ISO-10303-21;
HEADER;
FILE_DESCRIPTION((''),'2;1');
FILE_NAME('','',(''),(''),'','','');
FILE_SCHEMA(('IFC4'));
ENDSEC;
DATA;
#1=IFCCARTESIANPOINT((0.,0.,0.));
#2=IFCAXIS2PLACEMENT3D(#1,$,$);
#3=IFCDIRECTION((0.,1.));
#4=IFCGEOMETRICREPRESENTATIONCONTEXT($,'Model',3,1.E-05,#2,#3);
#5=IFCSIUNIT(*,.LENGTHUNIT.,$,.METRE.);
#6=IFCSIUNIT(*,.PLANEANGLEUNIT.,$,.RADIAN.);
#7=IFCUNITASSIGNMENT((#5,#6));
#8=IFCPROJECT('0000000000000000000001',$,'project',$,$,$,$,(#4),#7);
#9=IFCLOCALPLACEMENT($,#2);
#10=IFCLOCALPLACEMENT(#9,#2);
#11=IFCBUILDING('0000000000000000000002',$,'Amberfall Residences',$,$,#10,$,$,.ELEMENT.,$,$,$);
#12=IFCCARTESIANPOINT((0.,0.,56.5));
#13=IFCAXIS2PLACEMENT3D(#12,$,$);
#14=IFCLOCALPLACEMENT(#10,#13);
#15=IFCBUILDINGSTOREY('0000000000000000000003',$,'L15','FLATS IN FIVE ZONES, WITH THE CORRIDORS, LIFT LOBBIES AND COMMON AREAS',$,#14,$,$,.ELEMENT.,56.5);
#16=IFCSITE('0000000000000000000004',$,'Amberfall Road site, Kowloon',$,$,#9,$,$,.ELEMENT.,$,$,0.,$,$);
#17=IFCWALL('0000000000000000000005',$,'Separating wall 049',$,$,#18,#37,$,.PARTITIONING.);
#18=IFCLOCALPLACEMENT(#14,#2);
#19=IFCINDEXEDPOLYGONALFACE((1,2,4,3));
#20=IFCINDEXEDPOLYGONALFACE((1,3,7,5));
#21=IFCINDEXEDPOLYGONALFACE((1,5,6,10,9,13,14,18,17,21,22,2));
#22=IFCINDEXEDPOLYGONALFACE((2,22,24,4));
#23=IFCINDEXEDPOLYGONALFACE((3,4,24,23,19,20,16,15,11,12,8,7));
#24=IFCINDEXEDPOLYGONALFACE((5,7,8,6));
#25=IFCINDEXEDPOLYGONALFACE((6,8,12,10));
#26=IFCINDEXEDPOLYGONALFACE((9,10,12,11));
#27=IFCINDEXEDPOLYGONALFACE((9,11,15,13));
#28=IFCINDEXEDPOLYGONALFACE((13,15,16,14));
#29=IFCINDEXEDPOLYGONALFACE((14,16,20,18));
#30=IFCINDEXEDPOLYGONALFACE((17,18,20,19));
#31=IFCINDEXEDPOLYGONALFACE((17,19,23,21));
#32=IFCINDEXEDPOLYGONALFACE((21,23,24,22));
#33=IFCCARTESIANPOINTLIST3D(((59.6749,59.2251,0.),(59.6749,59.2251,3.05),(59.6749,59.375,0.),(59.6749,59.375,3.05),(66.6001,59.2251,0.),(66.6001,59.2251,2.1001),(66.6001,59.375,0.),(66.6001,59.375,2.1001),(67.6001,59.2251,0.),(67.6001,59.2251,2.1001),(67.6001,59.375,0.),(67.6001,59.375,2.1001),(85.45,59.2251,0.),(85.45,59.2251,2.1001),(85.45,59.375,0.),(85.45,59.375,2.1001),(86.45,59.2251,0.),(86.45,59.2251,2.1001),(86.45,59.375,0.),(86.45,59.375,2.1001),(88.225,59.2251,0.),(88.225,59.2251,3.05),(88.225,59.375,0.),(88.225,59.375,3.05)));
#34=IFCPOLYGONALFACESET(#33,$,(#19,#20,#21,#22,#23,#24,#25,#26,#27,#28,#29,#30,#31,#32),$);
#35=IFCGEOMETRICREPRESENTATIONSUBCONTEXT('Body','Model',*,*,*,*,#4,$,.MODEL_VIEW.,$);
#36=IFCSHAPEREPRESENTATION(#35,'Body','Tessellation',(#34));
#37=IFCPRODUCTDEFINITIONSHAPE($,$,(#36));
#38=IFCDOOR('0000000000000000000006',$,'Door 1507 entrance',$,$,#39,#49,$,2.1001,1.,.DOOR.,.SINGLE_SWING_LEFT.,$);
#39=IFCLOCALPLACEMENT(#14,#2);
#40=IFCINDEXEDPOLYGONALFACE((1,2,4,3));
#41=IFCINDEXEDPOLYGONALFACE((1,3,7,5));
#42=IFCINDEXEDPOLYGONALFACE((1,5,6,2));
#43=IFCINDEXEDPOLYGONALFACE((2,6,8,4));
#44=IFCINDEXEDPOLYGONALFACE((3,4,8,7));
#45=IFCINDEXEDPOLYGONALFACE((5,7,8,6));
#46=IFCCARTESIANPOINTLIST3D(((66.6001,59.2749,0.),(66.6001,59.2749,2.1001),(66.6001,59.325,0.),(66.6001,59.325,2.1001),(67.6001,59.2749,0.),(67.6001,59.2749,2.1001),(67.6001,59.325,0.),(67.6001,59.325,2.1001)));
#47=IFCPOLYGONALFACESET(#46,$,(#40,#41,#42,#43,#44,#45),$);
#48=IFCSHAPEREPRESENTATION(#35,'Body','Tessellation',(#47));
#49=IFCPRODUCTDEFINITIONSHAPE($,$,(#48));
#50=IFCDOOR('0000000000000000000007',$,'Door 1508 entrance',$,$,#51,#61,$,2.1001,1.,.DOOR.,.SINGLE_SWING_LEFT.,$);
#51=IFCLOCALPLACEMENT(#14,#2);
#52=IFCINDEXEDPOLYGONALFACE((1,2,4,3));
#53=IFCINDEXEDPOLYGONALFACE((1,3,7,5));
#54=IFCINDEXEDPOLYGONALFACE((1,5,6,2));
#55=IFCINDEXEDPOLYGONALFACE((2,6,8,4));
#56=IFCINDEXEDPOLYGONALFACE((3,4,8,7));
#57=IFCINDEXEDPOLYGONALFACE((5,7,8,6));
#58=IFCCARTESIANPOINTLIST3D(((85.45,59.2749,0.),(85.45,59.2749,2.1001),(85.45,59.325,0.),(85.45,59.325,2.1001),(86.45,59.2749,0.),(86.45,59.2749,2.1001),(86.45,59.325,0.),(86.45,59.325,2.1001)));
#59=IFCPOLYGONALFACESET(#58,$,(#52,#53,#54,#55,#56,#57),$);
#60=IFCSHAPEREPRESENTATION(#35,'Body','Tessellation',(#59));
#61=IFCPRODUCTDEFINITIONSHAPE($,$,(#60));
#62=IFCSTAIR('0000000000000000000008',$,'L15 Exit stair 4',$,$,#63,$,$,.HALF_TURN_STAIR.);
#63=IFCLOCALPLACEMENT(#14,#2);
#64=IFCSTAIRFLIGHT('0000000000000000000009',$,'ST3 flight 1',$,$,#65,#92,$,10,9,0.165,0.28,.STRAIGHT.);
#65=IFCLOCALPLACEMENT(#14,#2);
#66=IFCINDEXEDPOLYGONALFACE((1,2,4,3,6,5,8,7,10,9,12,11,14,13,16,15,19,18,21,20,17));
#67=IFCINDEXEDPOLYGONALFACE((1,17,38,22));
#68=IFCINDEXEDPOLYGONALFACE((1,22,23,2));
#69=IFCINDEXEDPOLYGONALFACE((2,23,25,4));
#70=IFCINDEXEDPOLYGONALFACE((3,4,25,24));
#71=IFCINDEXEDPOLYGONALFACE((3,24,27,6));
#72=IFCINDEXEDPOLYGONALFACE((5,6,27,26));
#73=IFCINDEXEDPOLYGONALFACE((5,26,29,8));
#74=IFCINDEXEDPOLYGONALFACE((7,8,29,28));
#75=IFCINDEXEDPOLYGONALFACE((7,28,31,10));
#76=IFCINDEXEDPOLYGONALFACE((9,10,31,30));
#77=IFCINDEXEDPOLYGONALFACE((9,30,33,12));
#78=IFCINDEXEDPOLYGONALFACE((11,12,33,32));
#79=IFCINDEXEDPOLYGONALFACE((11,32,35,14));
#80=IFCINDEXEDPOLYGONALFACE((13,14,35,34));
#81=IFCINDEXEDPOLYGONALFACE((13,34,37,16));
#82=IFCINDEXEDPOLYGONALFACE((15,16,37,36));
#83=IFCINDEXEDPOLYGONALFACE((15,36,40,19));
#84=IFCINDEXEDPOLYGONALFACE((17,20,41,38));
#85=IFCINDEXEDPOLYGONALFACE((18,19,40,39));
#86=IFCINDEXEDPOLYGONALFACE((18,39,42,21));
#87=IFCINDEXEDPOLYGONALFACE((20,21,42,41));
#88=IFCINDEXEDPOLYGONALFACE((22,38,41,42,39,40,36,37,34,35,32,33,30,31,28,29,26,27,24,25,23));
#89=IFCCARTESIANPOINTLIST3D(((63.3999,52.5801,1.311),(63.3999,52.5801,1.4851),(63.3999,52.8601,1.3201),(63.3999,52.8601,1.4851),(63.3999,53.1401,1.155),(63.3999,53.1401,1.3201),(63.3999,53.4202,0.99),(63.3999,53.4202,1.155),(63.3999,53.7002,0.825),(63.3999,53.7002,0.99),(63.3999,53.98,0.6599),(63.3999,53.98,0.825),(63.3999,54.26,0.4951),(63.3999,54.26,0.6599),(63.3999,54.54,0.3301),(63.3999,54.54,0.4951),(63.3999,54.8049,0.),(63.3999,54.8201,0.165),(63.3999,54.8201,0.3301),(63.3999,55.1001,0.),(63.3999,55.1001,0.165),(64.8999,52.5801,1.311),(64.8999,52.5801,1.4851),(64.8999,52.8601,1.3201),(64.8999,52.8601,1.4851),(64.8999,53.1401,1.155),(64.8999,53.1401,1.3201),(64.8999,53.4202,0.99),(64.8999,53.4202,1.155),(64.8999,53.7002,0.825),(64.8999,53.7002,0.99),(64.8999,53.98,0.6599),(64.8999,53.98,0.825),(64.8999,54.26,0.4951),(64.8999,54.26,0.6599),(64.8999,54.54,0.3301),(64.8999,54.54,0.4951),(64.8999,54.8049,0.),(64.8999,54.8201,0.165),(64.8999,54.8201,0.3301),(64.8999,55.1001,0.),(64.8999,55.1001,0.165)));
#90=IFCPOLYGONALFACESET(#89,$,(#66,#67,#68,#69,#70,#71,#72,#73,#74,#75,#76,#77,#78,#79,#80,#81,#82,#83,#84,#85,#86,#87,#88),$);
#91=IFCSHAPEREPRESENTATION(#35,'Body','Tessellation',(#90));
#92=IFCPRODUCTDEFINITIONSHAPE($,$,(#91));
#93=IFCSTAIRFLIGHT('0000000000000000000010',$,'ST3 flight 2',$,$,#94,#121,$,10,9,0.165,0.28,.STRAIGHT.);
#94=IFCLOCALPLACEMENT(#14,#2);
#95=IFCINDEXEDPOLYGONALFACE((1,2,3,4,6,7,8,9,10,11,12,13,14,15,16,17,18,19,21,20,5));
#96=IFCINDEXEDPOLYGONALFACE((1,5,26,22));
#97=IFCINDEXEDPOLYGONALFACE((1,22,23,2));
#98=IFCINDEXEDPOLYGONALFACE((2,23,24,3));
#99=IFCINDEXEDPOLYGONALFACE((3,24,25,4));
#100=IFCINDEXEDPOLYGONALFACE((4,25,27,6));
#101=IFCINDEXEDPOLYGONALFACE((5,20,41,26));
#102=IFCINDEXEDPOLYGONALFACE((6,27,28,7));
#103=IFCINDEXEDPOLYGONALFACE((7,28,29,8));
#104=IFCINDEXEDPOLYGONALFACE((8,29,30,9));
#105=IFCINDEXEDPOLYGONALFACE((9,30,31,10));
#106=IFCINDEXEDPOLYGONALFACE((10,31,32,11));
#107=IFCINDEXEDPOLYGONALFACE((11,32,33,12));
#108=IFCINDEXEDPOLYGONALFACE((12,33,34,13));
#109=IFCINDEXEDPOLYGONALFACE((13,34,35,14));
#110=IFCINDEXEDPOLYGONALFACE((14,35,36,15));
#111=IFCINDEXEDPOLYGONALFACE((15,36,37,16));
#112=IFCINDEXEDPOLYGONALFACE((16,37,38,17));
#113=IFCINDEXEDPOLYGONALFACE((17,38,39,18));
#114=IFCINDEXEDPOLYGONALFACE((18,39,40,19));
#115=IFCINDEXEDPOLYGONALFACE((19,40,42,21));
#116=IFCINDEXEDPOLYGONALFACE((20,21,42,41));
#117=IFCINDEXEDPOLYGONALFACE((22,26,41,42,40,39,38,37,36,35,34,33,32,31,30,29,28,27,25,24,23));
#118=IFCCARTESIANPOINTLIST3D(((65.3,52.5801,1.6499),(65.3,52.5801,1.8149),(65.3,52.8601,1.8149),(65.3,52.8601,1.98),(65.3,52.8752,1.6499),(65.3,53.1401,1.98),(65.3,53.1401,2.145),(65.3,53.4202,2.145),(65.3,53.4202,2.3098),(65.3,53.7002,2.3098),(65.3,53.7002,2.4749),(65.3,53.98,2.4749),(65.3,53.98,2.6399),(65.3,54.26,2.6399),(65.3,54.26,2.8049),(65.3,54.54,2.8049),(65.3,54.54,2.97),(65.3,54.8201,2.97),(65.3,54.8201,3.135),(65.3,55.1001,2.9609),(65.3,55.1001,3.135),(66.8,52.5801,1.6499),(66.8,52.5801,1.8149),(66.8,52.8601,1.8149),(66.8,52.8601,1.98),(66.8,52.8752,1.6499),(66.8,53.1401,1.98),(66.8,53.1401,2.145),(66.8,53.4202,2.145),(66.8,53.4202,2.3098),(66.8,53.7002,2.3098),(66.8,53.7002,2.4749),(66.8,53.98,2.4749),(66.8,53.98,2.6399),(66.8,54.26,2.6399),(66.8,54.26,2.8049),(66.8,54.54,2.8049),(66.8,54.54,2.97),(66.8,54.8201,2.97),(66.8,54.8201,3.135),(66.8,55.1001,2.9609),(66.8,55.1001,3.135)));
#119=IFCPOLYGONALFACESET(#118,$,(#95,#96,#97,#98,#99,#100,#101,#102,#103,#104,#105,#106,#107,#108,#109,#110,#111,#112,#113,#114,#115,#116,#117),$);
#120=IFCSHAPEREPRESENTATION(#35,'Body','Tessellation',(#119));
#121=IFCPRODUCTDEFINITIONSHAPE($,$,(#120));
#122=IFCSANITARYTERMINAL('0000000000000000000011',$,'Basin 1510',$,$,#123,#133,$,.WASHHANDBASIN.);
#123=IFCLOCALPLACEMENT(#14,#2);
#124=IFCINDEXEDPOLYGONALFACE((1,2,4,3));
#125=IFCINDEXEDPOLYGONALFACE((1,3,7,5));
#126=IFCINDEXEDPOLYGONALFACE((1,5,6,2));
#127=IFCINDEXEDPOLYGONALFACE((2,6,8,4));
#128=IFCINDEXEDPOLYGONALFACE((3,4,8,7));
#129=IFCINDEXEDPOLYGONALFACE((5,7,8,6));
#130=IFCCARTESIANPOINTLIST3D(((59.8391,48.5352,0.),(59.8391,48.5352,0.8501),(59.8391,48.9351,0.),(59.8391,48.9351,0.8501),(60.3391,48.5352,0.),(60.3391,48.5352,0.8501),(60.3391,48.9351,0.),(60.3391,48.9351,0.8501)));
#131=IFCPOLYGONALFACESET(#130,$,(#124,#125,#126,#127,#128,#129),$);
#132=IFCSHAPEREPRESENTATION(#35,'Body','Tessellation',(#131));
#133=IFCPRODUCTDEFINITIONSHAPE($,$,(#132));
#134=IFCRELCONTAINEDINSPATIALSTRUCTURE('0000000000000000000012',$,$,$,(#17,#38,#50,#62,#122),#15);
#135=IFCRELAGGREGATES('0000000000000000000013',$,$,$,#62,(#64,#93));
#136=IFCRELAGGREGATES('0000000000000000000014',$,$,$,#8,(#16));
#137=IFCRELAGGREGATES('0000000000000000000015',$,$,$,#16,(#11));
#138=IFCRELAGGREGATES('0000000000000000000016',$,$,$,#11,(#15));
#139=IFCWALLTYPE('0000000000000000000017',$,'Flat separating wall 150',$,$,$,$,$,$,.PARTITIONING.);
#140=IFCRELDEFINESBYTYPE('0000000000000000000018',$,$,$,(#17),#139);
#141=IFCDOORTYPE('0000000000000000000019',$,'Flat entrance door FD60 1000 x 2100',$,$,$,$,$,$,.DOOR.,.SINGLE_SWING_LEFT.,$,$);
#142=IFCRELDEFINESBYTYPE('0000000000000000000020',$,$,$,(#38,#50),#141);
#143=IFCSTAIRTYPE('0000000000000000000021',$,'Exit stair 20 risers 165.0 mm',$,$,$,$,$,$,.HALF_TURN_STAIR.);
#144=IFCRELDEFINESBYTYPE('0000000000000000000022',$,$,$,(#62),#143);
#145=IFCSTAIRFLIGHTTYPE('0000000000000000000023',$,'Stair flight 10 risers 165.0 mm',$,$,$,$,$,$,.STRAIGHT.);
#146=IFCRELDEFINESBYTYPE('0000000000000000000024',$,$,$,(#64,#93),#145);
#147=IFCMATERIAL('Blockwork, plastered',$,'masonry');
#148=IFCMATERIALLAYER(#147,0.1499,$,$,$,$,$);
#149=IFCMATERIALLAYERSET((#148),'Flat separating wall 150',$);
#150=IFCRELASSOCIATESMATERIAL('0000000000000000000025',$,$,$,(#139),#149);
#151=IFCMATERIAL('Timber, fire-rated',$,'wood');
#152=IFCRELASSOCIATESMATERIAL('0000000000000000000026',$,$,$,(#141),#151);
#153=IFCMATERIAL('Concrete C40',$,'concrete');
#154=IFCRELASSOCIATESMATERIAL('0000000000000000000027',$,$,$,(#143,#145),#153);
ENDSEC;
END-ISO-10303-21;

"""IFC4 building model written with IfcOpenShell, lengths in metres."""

from ifc_helpers import new_model, si_unit, direction, frame, frame_2d, origin, origin_2d, place, context, subcontext, project, spatial, polyline, rectangle, outline, extrude, material, layer, layer_set, type_object, element, fill, aggregate, save


model = new_model("IFC4")

# Units and contexts
model_context = context("Model", 3, precision=1e-05, world=origin(), true_north=direction((0.0, 1.0)))
body_context = subcontext(model_context, "Body", "Model", "MODEL_VIEW")
ifc_project = project(units=[si_unit("LENGTHUNIT", "METRE"), si_unit("PLANEANGLEUNIT", "RADIAN")], contexts=[model_context])

# Site, building, storey
site_placement = place(None, origin())
site = spatial("IfcSite", under=ifc_project, at=site_placement, Name="Amberfall Road site, Kowloon", CompositionType="ELEMENT", RefElevation=0.0)
building_placement = place(site_placement, origin())
building = spatial("IfcBuilding", under=site, at=building_placement, Name="Amberfall Residences", CompositionType="ELEMENT")
storey_placement = place(building_placement, frame((0.0, 0.0, 56.5)))
storey = spatial("IfcBuildingStorey", under=building, at=storey_placement, Name="L15", Description="FLATS IN FIVE ZONES, WITH THE CORRIDORS, LIFT LOBBIES AND COMMON AREAS", CompositionType="ELEMENT", Elevation=56.5)

# Shared definitions
ifc_material_1 = material(Name="Blockwork, plastered", Category="masonry")
ifc_layer_1 = layer(ifc_material_1, 0.1499)
ifc_layer_set_1 = layer_set([ifc_layer_1], Name="Flat separating wall 150")
wall_type_1 = type_object("IfcWallType", Name="Flat separating wall 150", PredefinedType="PARTITIONING", material=ifc_layer_set_1)

# Wall, openings, doors
wall_1_placement = place(storey_placement, frame((59.675, 59.3, 0.0), z_axis=(0.0, 0.0, 1.0), x_axis=(1.0, 0.0, 0.0)))
wall_1 = element("IfcWall", 1, at=wall_1_placement, inside=storey, type_object=wall_type_1, Name="Separating wall 049", PredefinedType="PARTITIONING", context=body_context, shape_type="SweptSolid", body=[
    extrude(rectangle(XDim=28.55, YDim=0.1499, at=frame_2d((14.2749, 0.0))), origin(), (0.0, 0.0, 1.0), 3.05),
])
opening_1_placement = place(wall_1_placement, frame((6.925, 0.0, 0.0)))
opening_1 = element("IfcOpeningElement", 2, at=opening_1_placement, cuts=wall_1, PredefinedType="OPENING", context=body_context, shape_type="SweptSolid", body=[
    extrude(rectangle(XDim=1.0, YDim=2.1001, at=frame_2d((0.5, 1.05))), frame((0.0, 0.085, 0.0), z_axis=(0.0, -1.0, 0.0), x_axis=(1.0, 0.0, 0.0)), (0.0, 0.0, 1.0), 0.1699),
])
opening_2_placement = place(wall_1_placement, frame((25.7749, 0.0, 0.0)))
opening_2 = element("IfcOpeningElement", 3, at=opening_2_placement, cuts=wall_1, PredefinedType="OPENING", context=body_context, shape_type="SweptSolid", body=[
    extrude(rectangle(XDim=1.0, YDim=2.1001, at=frame_2d((0.5, 1.05))), frame((0.0, 0.085, 0.0), z_axis=(0.0, -1.0, 0.0), x_axis=(1.0, 0.0, 0.0)), (0.0, 0.0, 1.0), 0.1699),
])
ifc_material_2 = material(Name="Timber, fire-rated", Category="wood")
door_type_1 = type_object("IfcDoorType", Name="Flat entrance door FD60 1000 x 2100", OperationType="SINGLE_SWING_LEFT", PredefinedType="DOOR", material=ifc_material_2)
door_1_placement = place(opening_1_placement, origin())
door_1 = element("IfcDoor", 4, at=door_1_placement, inside=storey, type_object=door_type_1, Name="Door 1507 entrance", OperationType="SINGLE_SWING_LEFT", OverallHeight=2.1001, OverallWidth=1.0, PredefinedType="DOOR", context=body_context, shape_type="SweptSolid", body=[
    extrude(rectangle(XDim=1.0, YDim=2.1001, at=frame_2d((0.5, 1.05))), frame((0.0, 0.0249, 0.0), z_axis=(0.0, -1.0, 0.0), x_axis=(1.0, 0.0, 0.0)), (0.0, 0.0, 1.0), 0.05),
])
fill(opening_1, door_1)
door_2_placement = place(opening_2_placement, origin())
door_2 = element("IfcDoor", 5, at=door_2_placement, inside=storey, type_object=door_type_1, Name="Door 1508 entrance", OperationType="SINGLE_SWING_LEFT", OverallHeight=2.1001, OverallWidth=1.0, PredefinedType="DOOR", context=body_context, shape_type="SweptSolid", body=[
    extrude(rectangle(XDim=1.0, YDim=2.1001, at=frame_2d((0.5, 1.05))), frame((0.0, 0.0249, 0.0), z_axis=(0.0, -1.0, 0.0), x_axis=(1.0, 0.0, 0.0)), (0.0, 0.0, 1.0), 0.05),
])
fill(opening_2, door_2)

# Stair, stair flights
ifc_material_3 = material(Name="Concrete C40", Category="concrete")
stair_type = type_object("IfcStairType", Name="Exit stair 20 risers 165.0 mm", PredefinedType="HALF_TURN_STAIR", material=ifc_material_3)
stair_placement = place(storey_placement, origin())
stair = element("IfcStair", 6, at=stair_placement, inside=storey, type_object=stair_type, Name="L15 Exit stair 4", PredefinedType="HALF_TURN_STAIR")
stair_flight_type = type_object("IfcStairFlightType", Name="Stair flight 10 risers 165.0 mm", PredefinedType="STRAIGHT", material=ifc_material_3)
stair_flight_1_placement = place(storey_placement, frame((64.1499, 55.1001, 0.0), z_axis=(0.0, 0.0, 1.0), x_axis=(0.0, -1.0, 0.0)))
stair_flight_1 = element("IfcStairFlight", 7, at=stair_flight_1_placement, type_object=stair_flight_type, Name="ST3 flight 1", NumberOfRisers=10, NumberOfTreads=9, PredefinedType="STRAIGHT", RiserHeight=0.165, TreadLength=0.28, context=body_context, shape_type="SweptSolid", body=[
    extrude(outline(polyline([(0.0, 0.0), (0.0, 0.165), (0.28, 0.165), (0.28, 0.3301), (0.5601, 0.3301), (0.5601, 0.4951), (0.8401, 0.4951), (0.8401, 0.6599), (1.1201, 0.6599), (1.1201, 0.825), (1.3999, 0.825), (1.3999, 0.99), (1.6799, 0.99), (1.6799, 1.155), (1.96, 1.155), (1.96, 1.3201), (2.24, 1.3201), (2.24, 1.4851), (2.52, 1.4851), (2.52, 1.6499), (2.52, 1.311), (0.2952, 0.0), (0.0, 0.0)])), frame((0.0, 0.75, 0.0), z_axis=(0.0, -1.0, 0.0), x_axis=(1.0, 0.0, 0.0)), (0.0, 0.0, 1.0), 1.5),
])
stair_flight_2_placement = place(storey_placement, frame((66.05, 52.5801, 1.6499), z_axis=(0.0, 0.0, 1.0), x_axis=(0.0, 1.0, 0.0)))
stair_flight_2 = element("IfcStairFlight", 8, at=stair_flight_2_placement, type_object=stair_flight_type, Name="ST3 flight 2", NumberOfRisers=10, NumberOfTreads=9, PredefinedType="STRAIGHT", RiserHeight=0.165, TreadLength=0.28, context=body_context, shape_type="SweptSolid", body=[
    extrude(outline(polyline([(0.0, 0.0), (0.0, 0.165), (0.28, 0.165), (0.28, 0.3301), (0.5601, 0.3301), (0.5601, 0.4951), (0.8401, 0.4951), (0.8401, 0.6599), (1.1201, 0.6599), (1.1201, 0.825), (1.3999, 0.825), (1.3999, 0.99), (1.6799, 0.99), (1.6799, 1.155), (1.96, 1.155), (1.96, 1.3201), (2.24, 1.3201), (2.24, 1.4851), (2.52, 1.4851), (2.52, 1.6499), (2.52, 1.311), (0.2952, 0.0), (0.0, 0.0)])), frame((0.0, 0.75, 0.0), z_axis=(0.0, -1.0, 0.0), x_axis=(1.0, 0.0, 0.0)), (0.0, 0.0, 1.0), 1.5),
])
aggregate(stair, [stair_flight_1, stair_flight_2])

# Sanitary terminal
sanitary_terminal_placement = place(storey_placement, frame((60.0891, 48.7351, 0.0), z_axis=(0.0, 0.0, 1.0), x_axis=(1.0, 0.0, 0.0)))
element("IfcSanitaryTerminal", 9, at=sanitary_terminal_placement, inside=storey, Name="Basin 1510", PredefinedType="WASHHANDBASIN", context=body_context, shape_type="SweptSolid", body=[
    extrude(rectangle(XDim=0.5, YDim=0.3999, at=origin_2d()), origin(), (0.0, 0.0, 1.0), 0.8501),
])

save(model, "model.ifc")
